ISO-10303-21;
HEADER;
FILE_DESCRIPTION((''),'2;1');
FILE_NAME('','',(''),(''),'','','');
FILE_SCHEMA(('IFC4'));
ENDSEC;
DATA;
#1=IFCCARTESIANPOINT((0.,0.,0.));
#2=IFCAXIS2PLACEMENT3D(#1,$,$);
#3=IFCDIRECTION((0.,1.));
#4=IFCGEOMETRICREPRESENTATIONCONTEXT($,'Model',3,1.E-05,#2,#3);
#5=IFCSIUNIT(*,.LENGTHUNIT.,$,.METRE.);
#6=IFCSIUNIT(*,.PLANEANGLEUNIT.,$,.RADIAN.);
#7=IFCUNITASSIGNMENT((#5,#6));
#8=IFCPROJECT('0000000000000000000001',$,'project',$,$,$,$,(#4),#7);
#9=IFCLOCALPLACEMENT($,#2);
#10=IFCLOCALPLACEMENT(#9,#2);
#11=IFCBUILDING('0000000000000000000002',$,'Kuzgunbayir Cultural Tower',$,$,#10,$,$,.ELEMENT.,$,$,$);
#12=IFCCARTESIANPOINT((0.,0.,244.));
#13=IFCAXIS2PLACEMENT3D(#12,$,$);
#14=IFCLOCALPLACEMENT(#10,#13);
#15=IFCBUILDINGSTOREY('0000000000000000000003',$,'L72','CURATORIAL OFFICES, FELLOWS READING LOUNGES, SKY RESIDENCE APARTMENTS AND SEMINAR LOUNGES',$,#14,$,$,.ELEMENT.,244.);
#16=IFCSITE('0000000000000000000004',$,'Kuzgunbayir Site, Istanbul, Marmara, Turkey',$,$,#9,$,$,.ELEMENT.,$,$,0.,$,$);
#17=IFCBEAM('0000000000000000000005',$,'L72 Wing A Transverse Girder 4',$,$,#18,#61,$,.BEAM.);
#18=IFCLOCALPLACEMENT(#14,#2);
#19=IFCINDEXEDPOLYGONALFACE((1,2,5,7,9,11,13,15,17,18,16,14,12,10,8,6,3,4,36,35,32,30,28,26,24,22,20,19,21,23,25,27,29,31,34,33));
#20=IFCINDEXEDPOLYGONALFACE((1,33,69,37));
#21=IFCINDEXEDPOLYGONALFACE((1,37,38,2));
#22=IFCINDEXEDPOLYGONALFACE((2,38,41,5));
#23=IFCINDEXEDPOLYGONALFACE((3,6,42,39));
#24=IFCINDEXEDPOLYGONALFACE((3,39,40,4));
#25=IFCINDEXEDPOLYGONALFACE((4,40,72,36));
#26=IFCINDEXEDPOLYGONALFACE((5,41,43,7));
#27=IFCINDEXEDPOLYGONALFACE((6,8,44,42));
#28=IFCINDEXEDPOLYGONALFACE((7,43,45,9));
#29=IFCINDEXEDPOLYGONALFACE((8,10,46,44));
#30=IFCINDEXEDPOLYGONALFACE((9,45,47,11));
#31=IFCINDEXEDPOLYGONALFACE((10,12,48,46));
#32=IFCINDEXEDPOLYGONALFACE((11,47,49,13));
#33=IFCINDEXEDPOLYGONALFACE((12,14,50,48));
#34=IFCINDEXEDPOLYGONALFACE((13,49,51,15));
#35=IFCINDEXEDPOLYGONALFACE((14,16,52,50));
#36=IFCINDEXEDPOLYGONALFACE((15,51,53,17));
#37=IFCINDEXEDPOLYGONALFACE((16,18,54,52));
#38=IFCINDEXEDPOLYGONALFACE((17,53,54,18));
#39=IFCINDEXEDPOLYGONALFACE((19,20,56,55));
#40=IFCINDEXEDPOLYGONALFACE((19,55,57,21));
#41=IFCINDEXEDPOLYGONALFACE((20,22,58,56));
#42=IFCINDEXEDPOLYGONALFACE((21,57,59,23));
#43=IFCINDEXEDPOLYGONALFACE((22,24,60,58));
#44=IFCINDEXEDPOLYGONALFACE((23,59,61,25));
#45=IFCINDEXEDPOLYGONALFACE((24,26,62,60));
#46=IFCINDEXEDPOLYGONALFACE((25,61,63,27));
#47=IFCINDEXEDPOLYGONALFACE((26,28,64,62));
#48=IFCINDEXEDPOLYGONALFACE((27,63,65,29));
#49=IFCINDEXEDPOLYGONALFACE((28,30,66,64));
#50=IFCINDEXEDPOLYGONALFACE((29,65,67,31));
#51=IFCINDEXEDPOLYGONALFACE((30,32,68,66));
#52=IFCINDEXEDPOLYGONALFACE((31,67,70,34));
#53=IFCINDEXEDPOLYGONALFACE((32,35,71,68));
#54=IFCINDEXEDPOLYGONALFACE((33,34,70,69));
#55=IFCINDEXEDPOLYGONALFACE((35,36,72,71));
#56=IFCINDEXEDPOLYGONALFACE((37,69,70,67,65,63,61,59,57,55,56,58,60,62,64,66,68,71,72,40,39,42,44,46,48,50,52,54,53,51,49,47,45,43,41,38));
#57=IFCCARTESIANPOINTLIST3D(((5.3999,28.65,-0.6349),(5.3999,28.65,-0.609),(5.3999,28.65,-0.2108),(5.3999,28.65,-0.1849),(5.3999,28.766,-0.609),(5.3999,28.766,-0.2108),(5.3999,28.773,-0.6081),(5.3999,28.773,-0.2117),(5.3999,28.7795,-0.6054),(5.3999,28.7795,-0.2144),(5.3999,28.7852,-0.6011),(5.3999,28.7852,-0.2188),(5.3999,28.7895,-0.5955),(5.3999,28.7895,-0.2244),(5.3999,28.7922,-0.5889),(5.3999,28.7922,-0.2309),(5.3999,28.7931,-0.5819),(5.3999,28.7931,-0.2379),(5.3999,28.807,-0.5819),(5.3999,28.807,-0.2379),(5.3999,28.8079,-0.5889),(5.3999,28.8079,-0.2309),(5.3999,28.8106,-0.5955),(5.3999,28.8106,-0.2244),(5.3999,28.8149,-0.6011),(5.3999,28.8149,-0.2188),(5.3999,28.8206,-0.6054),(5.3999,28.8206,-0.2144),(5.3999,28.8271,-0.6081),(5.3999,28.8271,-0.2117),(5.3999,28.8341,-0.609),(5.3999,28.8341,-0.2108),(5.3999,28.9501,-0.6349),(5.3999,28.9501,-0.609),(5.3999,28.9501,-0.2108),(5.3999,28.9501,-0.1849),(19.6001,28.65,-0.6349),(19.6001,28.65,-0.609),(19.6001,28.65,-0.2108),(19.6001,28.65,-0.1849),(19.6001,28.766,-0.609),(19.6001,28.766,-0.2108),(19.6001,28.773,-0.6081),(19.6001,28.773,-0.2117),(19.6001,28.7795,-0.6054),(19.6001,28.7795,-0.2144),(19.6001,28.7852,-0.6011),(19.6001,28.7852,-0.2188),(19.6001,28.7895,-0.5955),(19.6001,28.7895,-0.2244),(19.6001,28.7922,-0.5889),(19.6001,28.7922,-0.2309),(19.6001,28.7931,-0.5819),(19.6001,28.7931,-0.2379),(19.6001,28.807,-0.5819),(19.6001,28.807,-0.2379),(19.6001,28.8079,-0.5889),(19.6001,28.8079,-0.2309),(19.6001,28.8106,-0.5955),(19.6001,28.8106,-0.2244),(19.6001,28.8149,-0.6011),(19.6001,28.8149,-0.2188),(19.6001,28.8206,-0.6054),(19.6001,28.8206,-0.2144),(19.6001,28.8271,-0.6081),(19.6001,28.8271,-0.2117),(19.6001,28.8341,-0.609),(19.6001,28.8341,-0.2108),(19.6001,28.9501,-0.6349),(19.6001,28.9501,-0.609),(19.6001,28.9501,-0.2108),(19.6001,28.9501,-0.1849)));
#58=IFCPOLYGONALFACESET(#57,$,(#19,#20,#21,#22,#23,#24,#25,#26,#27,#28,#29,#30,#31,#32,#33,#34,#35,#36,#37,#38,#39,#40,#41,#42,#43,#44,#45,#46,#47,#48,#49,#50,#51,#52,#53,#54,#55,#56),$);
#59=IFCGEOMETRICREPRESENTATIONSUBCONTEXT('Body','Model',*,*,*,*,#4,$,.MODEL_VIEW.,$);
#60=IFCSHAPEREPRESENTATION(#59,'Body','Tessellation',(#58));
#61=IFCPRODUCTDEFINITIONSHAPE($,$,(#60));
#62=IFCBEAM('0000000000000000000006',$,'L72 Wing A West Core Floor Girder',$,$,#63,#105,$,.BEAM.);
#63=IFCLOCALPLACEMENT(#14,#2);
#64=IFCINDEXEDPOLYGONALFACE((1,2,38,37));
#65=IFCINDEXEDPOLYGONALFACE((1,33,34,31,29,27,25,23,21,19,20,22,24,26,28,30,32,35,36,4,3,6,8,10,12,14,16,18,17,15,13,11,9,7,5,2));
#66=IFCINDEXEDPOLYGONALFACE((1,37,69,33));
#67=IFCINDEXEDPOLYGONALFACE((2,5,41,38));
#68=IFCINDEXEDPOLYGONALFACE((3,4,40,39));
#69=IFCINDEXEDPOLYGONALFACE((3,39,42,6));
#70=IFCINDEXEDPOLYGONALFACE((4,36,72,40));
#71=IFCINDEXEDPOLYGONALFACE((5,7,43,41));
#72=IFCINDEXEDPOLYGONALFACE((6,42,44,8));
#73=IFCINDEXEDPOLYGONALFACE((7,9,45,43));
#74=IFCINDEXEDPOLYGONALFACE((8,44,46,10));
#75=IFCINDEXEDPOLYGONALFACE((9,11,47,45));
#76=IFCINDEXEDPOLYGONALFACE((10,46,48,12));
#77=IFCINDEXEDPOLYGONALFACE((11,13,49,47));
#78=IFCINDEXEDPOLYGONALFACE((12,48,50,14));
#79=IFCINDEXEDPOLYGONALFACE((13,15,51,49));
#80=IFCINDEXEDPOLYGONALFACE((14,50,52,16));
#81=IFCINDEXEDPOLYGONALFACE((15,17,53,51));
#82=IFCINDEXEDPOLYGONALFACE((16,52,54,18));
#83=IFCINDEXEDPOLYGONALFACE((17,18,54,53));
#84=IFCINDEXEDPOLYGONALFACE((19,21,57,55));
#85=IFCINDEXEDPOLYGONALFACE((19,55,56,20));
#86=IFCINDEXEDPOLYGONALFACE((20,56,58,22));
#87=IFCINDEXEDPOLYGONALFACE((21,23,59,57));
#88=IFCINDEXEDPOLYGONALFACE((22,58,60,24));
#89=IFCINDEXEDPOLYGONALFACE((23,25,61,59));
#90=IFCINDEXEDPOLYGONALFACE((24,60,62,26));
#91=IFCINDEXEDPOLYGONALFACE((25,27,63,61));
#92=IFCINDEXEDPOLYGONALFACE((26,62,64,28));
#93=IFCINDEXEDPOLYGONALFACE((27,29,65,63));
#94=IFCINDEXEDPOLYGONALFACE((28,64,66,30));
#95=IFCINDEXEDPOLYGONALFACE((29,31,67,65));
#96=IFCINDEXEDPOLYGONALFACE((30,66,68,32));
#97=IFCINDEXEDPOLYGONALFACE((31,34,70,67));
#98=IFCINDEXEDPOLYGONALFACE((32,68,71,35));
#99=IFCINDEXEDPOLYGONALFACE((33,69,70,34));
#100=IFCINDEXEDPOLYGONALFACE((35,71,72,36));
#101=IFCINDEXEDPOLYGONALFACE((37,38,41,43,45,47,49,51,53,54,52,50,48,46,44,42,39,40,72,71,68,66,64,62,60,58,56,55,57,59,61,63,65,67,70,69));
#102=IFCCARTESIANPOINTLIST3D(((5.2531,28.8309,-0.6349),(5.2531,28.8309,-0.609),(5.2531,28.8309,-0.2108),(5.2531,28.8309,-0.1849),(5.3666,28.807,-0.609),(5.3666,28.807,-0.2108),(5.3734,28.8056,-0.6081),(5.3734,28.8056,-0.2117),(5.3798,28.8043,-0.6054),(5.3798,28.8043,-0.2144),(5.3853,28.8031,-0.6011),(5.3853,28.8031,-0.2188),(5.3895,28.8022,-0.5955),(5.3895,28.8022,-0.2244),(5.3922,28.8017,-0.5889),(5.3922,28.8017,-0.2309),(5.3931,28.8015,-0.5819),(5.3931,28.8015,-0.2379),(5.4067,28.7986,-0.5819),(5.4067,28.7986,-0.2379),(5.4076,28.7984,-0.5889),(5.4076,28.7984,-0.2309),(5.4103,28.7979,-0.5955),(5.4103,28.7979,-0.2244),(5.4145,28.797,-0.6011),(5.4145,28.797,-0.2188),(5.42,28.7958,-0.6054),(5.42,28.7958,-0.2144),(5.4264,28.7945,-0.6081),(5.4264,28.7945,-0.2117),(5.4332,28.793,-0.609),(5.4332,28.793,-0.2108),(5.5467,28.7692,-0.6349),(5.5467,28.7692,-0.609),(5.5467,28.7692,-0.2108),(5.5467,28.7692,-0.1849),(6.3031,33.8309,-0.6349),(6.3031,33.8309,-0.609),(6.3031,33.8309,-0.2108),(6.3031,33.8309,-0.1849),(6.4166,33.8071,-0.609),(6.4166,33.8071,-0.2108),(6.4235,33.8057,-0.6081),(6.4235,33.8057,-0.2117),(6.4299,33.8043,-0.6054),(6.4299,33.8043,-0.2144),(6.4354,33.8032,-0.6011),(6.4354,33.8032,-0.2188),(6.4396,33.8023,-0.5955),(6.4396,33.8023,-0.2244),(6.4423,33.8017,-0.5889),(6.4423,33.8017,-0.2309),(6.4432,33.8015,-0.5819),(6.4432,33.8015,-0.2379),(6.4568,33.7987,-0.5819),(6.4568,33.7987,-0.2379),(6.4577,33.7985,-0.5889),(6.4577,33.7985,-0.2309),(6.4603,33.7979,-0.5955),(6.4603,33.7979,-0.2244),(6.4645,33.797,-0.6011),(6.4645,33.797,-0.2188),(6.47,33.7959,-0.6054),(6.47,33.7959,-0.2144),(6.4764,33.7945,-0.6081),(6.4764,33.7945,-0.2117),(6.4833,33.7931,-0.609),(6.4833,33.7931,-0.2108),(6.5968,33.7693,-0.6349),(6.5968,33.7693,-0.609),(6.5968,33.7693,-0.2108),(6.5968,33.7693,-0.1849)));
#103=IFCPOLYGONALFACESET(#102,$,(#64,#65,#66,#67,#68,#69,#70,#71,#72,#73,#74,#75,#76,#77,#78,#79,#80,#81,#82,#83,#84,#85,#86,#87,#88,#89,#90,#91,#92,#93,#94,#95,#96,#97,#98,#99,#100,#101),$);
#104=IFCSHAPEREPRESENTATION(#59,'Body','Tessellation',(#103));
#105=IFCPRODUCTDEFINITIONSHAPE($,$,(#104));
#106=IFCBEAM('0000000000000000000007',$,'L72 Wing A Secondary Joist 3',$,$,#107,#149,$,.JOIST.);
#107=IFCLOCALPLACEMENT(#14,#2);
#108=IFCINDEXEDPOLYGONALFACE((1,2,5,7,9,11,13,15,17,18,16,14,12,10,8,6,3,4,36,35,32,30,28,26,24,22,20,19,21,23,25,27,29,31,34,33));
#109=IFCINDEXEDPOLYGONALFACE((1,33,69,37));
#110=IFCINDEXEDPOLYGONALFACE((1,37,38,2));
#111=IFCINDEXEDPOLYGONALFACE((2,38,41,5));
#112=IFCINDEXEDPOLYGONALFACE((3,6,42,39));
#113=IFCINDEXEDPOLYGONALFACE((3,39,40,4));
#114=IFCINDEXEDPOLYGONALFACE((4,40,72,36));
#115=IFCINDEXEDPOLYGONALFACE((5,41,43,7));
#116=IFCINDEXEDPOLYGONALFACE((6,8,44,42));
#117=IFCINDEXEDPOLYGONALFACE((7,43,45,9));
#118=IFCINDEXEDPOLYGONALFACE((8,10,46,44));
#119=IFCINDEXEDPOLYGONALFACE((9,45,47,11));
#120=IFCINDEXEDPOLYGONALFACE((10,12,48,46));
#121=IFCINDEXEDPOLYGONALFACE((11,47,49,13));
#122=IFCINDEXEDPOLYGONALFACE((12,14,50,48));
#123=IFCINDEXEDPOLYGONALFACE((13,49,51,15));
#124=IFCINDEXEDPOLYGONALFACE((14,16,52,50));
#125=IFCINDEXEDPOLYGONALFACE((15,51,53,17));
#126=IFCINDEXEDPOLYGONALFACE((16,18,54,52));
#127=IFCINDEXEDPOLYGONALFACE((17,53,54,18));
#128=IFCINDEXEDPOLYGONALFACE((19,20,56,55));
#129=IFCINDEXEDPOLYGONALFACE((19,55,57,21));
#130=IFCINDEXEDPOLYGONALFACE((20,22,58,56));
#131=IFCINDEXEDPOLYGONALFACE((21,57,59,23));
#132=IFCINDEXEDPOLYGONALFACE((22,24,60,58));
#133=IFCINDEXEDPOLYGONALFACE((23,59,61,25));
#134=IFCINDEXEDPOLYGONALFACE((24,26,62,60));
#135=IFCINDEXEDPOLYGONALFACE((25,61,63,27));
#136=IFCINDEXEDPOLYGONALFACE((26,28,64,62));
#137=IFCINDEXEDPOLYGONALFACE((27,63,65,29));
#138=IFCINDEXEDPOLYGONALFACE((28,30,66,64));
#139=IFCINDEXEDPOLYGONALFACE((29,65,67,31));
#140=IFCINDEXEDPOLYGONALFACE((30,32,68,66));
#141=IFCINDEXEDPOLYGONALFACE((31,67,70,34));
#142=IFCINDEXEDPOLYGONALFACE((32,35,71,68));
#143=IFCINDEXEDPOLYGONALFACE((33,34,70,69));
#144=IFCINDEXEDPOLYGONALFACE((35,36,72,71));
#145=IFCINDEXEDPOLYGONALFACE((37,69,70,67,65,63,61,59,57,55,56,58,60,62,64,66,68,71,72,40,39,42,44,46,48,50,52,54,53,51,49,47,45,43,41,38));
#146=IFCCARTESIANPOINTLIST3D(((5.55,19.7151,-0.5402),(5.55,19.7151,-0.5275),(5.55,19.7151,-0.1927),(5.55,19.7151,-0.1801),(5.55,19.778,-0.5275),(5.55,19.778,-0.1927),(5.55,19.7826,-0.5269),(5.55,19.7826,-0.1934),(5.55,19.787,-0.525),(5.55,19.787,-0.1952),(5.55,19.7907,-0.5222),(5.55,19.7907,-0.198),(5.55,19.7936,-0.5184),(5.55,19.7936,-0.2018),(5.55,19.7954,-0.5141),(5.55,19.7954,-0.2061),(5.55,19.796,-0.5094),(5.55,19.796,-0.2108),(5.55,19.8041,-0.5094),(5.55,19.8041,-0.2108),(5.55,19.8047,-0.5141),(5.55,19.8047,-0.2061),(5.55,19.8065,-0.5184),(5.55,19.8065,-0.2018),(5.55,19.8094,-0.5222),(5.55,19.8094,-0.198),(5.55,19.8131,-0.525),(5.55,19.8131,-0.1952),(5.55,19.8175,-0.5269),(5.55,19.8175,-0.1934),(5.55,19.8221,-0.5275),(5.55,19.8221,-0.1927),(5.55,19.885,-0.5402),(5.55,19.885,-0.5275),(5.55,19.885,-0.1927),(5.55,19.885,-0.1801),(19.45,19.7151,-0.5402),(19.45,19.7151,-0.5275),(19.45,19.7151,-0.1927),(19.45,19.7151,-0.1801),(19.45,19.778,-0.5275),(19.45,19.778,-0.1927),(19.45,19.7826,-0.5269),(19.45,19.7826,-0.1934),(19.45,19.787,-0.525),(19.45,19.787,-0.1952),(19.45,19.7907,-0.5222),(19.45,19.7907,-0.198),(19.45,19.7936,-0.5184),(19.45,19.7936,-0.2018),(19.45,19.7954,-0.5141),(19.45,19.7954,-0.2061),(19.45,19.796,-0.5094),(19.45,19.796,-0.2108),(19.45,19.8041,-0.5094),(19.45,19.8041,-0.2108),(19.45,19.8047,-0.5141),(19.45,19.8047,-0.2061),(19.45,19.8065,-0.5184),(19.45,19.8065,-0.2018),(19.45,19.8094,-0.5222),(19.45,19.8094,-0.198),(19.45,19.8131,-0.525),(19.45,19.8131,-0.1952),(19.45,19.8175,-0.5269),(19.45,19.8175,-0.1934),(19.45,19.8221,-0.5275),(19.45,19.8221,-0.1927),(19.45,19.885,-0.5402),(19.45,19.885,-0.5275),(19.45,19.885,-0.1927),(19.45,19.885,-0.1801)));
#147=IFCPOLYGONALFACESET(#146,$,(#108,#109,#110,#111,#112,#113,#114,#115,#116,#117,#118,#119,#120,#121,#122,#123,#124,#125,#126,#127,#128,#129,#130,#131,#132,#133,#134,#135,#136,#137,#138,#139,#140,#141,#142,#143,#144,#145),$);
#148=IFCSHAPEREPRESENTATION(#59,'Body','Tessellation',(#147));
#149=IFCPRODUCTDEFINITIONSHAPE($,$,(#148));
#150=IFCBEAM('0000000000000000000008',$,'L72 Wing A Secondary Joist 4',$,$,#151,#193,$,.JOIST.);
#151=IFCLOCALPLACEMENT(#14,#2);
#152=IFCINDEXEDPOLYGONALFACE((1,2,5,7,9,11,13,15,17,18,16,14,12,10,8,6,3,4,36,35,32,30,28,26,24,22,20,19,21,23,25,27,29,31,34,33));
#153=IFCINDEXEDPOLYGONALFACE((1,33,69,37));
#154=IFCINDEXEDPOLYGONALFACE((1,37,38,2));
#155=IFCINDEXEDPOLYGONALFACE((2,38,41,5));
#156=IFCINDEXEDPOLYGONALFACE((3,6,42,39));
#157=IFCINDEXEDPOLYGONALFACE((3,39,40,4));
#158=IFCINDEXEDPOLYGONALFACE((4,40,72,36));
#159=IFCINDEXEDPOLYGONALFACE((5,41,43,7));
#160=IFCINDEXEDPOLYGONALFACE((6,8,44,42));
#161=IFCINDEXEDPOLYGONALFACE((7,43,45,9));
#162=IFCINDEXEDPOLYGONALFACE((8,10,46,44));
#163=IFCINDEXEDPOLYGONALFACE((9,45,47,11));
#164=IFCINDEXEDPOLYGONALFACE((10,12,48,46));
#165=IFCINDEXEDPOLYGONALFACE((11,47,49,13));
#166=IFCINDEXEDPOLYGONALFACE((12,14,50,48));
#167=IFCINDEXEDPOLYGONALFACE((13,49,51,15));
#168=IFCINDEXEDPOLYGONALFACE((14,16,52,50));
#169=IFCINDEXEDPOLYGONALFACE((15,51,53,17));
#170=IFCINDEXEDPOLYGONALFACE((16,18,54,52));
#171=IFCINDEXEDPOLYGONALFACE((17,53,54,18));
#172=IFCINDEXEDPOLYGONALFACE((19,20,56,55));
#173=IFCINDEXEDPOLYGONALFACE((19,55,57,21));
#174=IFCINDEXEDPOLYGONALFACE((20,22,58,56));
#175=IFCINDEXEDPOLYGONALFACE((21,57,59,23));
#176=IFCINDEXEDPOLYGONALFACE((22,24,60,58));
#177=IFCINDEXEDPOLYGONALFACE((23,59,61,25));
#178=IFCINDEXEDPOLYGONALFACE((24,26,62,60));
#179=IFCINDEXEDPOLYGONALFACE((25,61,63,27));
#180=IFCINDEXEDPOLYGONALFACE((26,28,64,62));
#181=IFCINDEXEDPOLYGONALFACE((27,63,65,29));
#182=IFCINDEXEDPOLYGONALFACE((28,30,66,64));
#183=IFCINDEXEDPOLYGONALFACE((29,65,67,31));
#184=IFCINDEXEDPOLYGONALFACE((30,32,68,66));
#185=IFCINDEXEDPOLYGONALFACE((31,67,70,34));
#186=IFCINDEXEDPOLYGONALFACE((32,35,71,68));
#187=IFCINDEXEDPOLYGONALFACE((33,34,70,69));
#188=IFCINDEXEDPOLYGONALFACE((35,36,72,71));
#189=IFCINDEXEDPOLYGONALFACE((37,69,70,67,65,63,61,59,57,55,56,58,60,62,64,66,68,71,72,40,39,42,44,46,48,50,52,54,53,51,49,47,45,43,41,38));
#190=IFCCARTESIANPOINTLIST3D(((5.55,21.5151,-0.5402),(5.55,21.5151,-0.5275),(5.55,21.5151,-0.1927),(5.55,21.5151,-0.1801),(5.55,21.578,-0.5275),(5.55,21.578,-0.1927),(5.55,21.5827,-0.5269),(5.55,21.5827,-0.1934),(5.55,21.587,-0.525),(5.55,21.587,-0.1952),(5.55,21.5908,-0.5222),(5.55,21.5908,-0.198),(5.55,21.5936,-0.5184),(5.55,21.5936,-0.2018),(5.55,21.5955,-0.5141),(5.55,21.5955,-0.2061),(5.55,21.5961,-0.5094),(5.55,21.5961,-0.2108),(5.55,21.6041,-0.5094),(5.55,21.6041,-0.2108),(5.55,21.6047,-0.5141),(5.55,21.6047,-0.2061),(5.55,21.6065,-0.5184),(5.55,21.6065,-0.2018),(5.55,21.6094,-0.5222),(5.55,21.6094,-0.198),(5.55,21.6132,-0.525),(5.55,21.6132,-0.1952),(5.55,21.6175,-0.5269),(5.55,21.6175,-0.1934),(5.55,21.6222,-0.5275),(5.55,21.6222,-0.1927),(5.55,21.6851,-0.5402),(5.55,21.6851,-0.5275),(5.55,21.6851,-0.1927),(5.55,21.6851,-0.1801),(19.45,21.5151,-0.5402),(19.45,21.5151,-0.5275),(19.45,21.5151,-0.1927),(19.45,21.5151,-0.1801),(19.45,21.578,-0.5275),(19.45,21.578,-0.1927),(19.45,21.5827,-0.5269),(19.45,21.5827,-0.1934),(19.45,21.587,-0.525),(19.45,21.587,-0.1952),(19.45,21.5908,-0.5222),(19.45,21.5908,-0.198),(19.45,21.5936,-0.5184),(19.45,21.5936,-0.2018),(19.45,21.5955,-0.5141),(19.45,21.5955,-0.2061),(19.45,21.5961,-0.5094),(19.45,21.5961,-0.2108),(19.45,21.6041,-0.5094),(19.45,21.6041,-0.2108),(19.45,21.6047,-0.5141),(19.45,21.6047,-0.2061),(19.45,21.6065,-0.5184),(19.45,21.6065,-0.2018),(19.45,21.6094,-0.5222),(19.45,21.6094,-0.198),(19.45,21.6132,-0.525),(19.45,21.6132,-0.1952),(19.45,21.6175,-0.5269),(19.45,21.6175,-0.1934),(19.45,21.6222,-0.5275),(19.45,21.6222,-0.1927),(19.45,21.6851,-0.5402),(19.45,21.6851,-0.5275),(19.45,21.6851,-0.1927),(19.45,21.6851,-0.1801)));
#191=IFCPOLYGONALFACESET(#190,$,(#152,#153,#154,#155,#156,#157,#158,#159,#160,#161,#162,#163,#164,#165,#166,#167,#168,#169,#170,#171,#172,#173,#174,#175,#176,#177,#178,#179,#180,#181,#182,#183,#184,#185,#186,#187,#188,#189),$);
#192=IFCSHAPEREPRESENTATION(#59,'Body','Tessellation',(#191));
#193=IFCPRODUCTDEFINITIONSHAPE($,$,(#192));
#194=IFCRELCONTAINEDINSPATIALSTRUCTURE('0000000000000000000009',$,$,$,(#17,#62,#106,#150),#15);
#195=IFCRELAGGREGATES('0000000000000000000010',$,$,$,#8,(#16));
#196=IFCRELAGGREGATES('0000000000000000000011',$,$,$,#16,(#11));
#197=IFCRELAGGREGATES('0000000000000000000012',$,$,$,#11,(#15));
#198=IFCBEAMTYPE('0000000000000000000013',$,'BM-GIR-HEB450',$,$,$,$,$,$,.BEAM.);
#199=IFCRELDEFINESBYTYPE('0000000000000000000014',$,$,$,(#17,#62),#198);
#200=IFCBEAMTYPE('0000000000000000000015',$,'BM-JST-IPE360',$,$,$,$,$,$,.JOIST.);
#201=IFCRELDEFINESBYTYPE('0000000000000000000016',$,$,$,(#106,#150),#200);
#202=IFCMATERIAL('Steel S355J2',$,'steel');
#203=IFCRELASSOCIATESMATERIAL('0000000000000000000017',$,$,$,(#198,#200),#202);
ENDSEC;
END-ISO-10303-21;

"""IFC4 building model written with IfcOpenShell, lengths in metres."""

from ifc_helpers import new_model, si_unit, direction, frame, origin, origin_2d, place, context, subcontext, project, spatial, i_section, extrude, material, material_profile, profile_set, type_object, element, save


model = new_model("IFC4")

# Units and contexts
model_context = context("Model", 3, precision=1e-05, world=origin(), true_north=direction((0.0, 1.0)))
body_context = subcontext(model_context, "Body", "Model", "MODEL_VIEW")
ifc_project = project(units=[si_unit("LENGTHUNIT", "METRE"), si_unit("PLANEANGLEUNIT", "RADIAN")], contexts=[model_context])

# Site, building, storey
site_placement = place(None, origin())
site = spatial("IfcSite", under=ifc_project, at=site_placement, Name="Kuzgunbayir Site, Istanbul, Marmara, Turkey", CompositionType="ELEMENT", RefElevation=0.0)
building_placement = place(site_placement, origin())
building = spatial("IfcBuilding", under=site, at=building_placement, Name="Kuzgunbayir Cultural Tower", CompositionType="ELEMENT")
storey_placement = place(building_placement, frame((0.0, 0.0, 244.0)))
storey = spatial("IfcBuildingStorey", under=building, at=storey_placement, Name="L72", Description="CURATORIAL OFFICES, FELLOWS READING LOUNGES, SKY RESIDENCE APARTMENTS AND SEMINAR LOUNGES", CompositionType="ELEMENT", Elevation=244.0)

# Beams
ifc_material_1 = material(Name="Steel S355J2", Category="steel")
ifc_material_profile_1 = material_profile(ifc_material_1, i_section(OverallWidth=0.3, OverallDepth=0.45, WebThickness=0.0139, FlangeThickness=0.0259, FilletRadius=0.0271, at=origin_2d()), Name="HEB 450")
ifc_profile_set_1 = profile_set([ifc_material_profile_1], Name="Steel S355J2")
beam_type_1 = type_object("IfcBeamType", Name="BM-GIR-HEB450", PredefinedType="BEAM", material=ifc_profile_set_1)
for number, where, z_axis, x_axis, name in (
    (1, (5.3999, 28.8, -0.4099), (1.0, 0.0, 0.0), (0.0, 1.0, 0.0), "L72 Wing A Transverse Girder 4"),
):
    element("IfcBeam", number, at=place(storey_placement, frame(where, z_axis=z_axis, x_axis=x_axis)), inside=storey, type_object=beam_type_1, Name=name, PredefinedType="BEAM", context=body_context, shape_type="SweptSolid", body=[
        extrude(i_section(OverallWidth=0.3, OverallDepth=0.45, WebThickness=0.0139, FlangeThickness=0.0259, FilletRadius=0.0271, at=origin_2d()), origin(), (0.0, 0.0, 1.0), 14.2002),
    ])
beam_placement = place(storey_placement, frame((5.3999, 28.8, -0.4099), z_axis=(0.205526, 0.978652, 0.0), x_axis=(-0.978652, 0.205526, 0.0)))
element("IfcBeam", 2, at=beam_placement, inside=storey, type_object=beam_type_1, Name="L72 Wing A West Core Floor Girder", PredefinedType="BEAM", context=body_context, shape_type="SweptSolid", body=[
    extrude(i_section(OverallWidth=0.3, OverallDepth=0.45, WebThickness=0.0139, FlangeThickness=0.0259, FilletRadius=0.0271, at=origin_2d()), origin(), (0.0, 0.0, 1.0), 5.1091),
])
ifc_material_profile_2 = material_profile(ifc_material_1, i_section(OverallWidth=0.1699, OverallDepth=0.3601, WebThickness=0.0081, FlangeThickness=0.0127, FilletRadius=0.0181, at=origin_2d()), Name="IPE 360")
ifc_profile_set_2 = profile_set([ifc_material_profile_2], Name="Steel S355J2")
beam_type_2 = type_object("IfcBeamType", Name="BM-JST-IPE360", PredefinedType="JOIST", material=ifc_profile_set_2)
for number, where, z_axis, x_axis, name in (
    (3, (5.55, 19.8, -0.3601), (1.0, 0.0, 0.0), (0.0, 1.0, 0.0), "L72 Wing A Secondary Joist 3"),
    (4, (5.55, 21.6001, -0.3601), (1.0, 0.0, 0.0), (0.0, 1.0, 0.0), "L72 Wing A Secondary Joist 4"),
):
    element("IfcBeam", number, at=place(storey_placement, frame(where, z_axis=z_axis, x_axis=x_axis)), inside=storey, type_object=beam_type_2, Name=name, PredefinedType="JOIST", context=body_context, shape_type="SweptSolid", body=[
        extrude(i_section(OverallWidth=0.1699, OverallDepth=0.3601, WebThickness=0.0081, FlangeThickness=0.0127, FilletRadius=0.0181, at=origin_2d()), origin(), (0.0, 0.0, 1.0), 13.8999),
    ])

save(model, "model.ifc")
